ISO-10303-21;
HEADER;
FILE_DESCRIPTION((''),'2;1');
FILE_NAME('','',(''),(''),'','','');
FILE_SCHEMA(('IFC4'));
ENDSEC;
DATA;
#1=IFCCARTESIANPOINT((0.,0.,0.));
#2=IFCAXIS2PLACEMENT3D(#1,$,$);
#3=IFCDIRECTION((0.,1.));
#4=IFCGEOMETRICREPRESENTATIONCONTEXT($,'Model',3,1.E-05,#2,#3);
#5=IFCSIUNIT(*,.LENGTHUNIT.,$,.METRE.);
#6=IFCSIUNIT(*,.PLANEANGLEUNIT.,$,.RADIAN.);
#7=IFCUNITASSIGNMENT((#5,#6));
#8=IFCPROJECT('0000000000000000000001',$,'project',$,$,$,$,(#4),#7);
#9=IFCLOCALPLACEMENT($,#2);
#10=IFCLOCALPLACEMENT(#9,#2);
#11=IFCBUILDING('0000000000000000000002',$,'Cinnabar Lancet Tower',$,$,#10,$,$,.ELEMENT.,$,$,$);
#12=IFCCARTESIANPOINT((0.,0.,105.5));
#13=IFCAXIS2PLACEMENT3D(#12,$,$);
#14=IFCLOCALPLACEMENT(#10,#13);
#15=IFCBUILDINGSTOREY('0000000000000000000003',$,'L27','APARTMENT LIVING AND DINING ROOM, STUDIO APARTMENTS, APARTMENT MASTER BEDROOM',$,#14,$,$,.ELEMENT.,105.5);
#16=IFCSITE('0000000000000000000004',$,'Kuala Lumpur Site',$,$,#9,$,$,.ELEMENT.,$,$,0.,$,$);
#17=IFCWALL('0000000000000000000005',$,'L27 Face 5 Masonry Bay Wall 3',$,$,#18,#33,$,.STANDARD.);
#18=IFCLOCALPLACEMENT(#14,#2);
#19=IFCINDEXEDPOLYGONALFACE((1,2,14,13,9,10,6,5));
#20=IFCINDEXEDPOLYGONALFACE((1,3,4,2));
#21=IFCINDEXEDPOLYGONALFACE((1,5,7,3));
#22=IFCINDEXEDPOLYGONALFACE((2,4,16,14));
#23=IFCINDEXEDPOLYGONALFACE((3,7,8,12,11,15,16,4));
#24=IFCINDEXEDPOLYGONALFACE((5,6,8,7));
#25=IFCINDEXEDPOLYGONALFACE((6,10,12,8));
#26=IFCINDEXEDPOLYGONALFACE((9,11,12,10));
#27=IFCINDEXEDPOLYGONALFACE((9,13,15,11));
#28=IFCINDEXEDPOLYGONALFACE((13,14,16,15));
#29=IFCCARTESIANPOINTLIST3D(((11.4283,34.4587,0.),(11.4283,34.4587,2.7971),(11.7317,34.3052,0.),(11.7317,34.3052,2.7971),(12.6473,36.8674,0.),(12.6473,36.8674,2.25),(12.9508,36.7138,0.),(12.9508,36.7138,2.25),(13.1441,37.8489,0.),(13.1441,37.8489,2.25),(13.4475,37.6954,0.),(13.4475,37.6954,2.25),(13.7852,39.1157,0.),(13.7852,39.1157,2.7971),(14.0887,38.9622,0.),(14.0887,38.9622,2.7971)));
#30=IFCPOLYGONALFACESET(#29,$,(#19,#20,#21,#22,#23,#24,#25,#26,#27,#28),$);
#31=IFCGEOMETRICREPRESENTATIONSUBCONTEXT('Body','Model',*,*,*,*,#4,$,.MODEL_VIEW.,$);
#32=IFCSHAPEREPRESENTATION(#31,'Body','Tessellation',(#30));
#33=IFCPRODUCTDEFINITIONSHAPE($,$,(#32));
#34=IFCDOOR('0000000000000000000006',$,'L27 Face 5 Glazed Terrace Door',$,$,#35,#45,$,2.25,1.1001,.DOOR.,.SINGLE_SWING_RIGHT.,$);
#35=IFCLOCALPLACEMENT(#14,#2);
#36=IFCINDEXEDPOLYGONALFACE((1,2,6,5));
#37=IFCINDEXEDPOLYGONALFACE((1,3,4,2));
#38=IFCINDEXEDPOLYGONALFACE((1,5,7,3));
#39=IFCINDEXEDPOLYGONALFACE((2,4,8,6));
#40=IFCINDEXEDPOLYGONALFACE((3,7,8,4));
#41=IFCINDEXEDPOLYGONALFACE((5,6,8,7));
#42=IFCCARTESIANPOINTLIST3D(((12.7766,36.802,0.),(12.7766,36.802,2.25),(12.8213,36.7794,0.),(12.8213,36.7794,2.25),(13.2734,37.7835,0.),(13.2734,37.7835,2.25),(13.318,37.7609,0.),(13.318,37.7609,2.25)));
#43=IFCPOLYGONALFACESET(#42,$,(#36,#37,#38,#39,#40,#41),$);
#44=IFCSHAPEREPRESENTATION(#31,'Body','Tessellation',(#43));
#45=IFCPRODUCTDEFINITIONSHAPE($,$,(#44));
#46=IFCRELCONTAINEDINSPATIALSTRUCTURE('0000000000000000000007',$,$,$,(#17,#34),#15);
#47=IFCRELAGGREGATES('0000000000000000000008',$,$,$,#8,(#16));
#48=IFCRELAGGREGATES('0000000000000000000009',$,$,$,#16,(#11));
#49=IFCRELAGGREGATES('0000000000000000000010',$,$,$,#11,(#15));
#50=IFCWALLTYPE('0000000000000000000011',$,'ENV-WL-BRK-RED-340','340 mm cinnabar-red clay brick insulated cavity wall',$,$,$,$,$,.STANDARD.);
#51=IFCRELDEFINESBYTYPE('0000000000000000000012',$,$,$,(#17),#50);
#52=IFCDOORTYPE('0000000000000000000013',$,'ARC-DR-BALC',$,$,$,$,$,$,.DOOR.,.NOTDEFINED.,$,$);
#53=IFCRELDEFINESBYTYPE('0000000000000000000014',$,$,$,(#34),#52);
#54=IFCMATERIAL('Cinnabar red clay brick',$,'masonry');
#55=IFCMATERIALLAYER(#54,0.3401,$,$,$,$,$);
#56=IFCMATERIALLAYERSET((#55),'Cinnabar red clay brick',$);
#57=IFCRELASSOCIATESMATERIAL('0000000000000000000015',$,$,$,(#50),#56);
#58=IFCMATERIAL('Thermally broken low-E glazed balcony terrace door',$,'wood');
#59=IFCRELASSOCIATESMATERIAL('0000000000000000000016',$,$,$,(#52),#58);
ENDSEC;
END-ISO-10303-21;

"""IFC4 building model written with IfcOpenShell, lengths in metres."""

from ifc_helpers import new_model, si_unit, direction, frame, frame_2d, origin, place, context, subcontext, project, spatial, rectangle, extrude, material, layer, layer_set, type_object, element, fill, save


model = new_model("IFC4")

# Units and contexts
model_context = context("Model", 3, precision=1e-05, world=origin(), true_north=direction((0.0, 1.0)))
body_context = subcontext(model_context, "Body", "Model", "MODEL_VIEW")
ifc_project = project(units=[si_unit("LENGTHUNIT", "METRE"), si_unit("PLANEANGLEUNIT", "RADIAN")], contexts=[model_context])

# Site, building, storey
site_placement = place(None, origin())
site = spatial("IfcSite", under=ifc_project, at=site_placement, Name="Kuala Lumpur Site", CompositionType="ELEMENT", RefElevation=0.0)
building_placement = place(site_placement, origin())
building = spatial("IfcBuilding", under=site, at=building_placement, Name="Cinnabar Lancet Tower", CompositionType="ELEMENT")
storey_placement = place(building_placement, frame((0.0, 0.0, 105.5)))
storey = spatial("IfcBuildingStorey", under=building, at=storey_placement, Name="L27", Description="APARTMENT LIVING AND DINING ROOM, STUDIO APARTMENTS, APARTMENT MASTER BEDROOM", CompositionType="ELEMENT", Elevation=105.5)

# Shared definitions
ifc_material_1 = material(Name="Cinnabar red clay brick", Category="masonry")
ifc_layer_1 = layer(ifc_material_1, 0.3401)
ifc_layer_set_1 = layer_set([ifc_layer_1], Name="Cinnabar red clay brick")
wall_type_1 = type_object("IfcWallType", Name="ENV-WL-BRK-RED-340", Description="340 mm cinnabar-red clay brick insulated cavity wall", PredefinedType="STANDARD", material=ifc_layer_set_1)

# Wall, opening, door
wall_1_placement = place(storey_placement, frame((13.937, 39.0391, 0.0), z_axis=(0.0, 0.0, 1.0), x_axis=(-0.451568, -0.892237, 0.0)))
wall_1 = element("IfcWall", 1, at=wall_1_placement, inside=storey, type_object=wall_type_1, Name="L27 Face 5 Masonry Bay Wall 3", PredefinedType="STANDARD", context=body_context, shape_type="SweptSolid", body=[
    extrude(rectangle(XDim=5.2195, YDim=0.3401, at=frame_2d((2.6099, 0.0))), origin(), (0.0, 0.0, 1.0), 2.7971),
])
opening_1_placement = place(wall_1_placement, frame((1.4199, 0.0, 0.0)))
opening_1 = element("IfcOpeningElement", 2, at=opening_1_placement, cuts=wall_1, PredefinedType="OPENING", context=body_context, shape_type="SweptSolid", body=[
    extrude(rectangle(XDim=1.1001, YDim=2.25, at=frame_2d((0.55, 1.125))), frame((0.0, 0.1799, 0.0), z_axis=(0.0, -1.0, 0.0), x_axis=(1.0, 0.0, 0.0)), (0.0, 0.0, 1.0), 0.3601),
])
ifc_material_2 = material(Name="Thermally broken low-E glazed balcony terrace door", Category="wood")
door_type = type_object("IfcDoorType", Name="ARC-DR-BALC", OperationType="NOTDEFINED", PredefinedType="DOOR", material=ifc_material_2)
door_placement = place(opening_1_placement, origin())
door = element("IfcDoor", 3, at=door_placement, inside=storey, type_object=door_type, Name="L27 Face 5 Glazed Terrace Door", OperationType="SINGLE_SWING_RIGHT", OverallHeight=2.25, OverallWidth=1.1001, PredefinedType="DOOR", context=body_context, shape_type="SweptSolid", body=[
    extrude(rectangle(XDim=1.1001, YDim=2.25, at=frame_2d((0.55, 1.125))), frame((0.0, 0.0249, 0.0), z_axis=(0.0, -1.0, 0.0), x_axis=(1.0, 0.0, 0.0)), (0.0, 0.0, 1.0), 0.05),
])
fill(opening_1, door)

save(model, "model.ifc")
